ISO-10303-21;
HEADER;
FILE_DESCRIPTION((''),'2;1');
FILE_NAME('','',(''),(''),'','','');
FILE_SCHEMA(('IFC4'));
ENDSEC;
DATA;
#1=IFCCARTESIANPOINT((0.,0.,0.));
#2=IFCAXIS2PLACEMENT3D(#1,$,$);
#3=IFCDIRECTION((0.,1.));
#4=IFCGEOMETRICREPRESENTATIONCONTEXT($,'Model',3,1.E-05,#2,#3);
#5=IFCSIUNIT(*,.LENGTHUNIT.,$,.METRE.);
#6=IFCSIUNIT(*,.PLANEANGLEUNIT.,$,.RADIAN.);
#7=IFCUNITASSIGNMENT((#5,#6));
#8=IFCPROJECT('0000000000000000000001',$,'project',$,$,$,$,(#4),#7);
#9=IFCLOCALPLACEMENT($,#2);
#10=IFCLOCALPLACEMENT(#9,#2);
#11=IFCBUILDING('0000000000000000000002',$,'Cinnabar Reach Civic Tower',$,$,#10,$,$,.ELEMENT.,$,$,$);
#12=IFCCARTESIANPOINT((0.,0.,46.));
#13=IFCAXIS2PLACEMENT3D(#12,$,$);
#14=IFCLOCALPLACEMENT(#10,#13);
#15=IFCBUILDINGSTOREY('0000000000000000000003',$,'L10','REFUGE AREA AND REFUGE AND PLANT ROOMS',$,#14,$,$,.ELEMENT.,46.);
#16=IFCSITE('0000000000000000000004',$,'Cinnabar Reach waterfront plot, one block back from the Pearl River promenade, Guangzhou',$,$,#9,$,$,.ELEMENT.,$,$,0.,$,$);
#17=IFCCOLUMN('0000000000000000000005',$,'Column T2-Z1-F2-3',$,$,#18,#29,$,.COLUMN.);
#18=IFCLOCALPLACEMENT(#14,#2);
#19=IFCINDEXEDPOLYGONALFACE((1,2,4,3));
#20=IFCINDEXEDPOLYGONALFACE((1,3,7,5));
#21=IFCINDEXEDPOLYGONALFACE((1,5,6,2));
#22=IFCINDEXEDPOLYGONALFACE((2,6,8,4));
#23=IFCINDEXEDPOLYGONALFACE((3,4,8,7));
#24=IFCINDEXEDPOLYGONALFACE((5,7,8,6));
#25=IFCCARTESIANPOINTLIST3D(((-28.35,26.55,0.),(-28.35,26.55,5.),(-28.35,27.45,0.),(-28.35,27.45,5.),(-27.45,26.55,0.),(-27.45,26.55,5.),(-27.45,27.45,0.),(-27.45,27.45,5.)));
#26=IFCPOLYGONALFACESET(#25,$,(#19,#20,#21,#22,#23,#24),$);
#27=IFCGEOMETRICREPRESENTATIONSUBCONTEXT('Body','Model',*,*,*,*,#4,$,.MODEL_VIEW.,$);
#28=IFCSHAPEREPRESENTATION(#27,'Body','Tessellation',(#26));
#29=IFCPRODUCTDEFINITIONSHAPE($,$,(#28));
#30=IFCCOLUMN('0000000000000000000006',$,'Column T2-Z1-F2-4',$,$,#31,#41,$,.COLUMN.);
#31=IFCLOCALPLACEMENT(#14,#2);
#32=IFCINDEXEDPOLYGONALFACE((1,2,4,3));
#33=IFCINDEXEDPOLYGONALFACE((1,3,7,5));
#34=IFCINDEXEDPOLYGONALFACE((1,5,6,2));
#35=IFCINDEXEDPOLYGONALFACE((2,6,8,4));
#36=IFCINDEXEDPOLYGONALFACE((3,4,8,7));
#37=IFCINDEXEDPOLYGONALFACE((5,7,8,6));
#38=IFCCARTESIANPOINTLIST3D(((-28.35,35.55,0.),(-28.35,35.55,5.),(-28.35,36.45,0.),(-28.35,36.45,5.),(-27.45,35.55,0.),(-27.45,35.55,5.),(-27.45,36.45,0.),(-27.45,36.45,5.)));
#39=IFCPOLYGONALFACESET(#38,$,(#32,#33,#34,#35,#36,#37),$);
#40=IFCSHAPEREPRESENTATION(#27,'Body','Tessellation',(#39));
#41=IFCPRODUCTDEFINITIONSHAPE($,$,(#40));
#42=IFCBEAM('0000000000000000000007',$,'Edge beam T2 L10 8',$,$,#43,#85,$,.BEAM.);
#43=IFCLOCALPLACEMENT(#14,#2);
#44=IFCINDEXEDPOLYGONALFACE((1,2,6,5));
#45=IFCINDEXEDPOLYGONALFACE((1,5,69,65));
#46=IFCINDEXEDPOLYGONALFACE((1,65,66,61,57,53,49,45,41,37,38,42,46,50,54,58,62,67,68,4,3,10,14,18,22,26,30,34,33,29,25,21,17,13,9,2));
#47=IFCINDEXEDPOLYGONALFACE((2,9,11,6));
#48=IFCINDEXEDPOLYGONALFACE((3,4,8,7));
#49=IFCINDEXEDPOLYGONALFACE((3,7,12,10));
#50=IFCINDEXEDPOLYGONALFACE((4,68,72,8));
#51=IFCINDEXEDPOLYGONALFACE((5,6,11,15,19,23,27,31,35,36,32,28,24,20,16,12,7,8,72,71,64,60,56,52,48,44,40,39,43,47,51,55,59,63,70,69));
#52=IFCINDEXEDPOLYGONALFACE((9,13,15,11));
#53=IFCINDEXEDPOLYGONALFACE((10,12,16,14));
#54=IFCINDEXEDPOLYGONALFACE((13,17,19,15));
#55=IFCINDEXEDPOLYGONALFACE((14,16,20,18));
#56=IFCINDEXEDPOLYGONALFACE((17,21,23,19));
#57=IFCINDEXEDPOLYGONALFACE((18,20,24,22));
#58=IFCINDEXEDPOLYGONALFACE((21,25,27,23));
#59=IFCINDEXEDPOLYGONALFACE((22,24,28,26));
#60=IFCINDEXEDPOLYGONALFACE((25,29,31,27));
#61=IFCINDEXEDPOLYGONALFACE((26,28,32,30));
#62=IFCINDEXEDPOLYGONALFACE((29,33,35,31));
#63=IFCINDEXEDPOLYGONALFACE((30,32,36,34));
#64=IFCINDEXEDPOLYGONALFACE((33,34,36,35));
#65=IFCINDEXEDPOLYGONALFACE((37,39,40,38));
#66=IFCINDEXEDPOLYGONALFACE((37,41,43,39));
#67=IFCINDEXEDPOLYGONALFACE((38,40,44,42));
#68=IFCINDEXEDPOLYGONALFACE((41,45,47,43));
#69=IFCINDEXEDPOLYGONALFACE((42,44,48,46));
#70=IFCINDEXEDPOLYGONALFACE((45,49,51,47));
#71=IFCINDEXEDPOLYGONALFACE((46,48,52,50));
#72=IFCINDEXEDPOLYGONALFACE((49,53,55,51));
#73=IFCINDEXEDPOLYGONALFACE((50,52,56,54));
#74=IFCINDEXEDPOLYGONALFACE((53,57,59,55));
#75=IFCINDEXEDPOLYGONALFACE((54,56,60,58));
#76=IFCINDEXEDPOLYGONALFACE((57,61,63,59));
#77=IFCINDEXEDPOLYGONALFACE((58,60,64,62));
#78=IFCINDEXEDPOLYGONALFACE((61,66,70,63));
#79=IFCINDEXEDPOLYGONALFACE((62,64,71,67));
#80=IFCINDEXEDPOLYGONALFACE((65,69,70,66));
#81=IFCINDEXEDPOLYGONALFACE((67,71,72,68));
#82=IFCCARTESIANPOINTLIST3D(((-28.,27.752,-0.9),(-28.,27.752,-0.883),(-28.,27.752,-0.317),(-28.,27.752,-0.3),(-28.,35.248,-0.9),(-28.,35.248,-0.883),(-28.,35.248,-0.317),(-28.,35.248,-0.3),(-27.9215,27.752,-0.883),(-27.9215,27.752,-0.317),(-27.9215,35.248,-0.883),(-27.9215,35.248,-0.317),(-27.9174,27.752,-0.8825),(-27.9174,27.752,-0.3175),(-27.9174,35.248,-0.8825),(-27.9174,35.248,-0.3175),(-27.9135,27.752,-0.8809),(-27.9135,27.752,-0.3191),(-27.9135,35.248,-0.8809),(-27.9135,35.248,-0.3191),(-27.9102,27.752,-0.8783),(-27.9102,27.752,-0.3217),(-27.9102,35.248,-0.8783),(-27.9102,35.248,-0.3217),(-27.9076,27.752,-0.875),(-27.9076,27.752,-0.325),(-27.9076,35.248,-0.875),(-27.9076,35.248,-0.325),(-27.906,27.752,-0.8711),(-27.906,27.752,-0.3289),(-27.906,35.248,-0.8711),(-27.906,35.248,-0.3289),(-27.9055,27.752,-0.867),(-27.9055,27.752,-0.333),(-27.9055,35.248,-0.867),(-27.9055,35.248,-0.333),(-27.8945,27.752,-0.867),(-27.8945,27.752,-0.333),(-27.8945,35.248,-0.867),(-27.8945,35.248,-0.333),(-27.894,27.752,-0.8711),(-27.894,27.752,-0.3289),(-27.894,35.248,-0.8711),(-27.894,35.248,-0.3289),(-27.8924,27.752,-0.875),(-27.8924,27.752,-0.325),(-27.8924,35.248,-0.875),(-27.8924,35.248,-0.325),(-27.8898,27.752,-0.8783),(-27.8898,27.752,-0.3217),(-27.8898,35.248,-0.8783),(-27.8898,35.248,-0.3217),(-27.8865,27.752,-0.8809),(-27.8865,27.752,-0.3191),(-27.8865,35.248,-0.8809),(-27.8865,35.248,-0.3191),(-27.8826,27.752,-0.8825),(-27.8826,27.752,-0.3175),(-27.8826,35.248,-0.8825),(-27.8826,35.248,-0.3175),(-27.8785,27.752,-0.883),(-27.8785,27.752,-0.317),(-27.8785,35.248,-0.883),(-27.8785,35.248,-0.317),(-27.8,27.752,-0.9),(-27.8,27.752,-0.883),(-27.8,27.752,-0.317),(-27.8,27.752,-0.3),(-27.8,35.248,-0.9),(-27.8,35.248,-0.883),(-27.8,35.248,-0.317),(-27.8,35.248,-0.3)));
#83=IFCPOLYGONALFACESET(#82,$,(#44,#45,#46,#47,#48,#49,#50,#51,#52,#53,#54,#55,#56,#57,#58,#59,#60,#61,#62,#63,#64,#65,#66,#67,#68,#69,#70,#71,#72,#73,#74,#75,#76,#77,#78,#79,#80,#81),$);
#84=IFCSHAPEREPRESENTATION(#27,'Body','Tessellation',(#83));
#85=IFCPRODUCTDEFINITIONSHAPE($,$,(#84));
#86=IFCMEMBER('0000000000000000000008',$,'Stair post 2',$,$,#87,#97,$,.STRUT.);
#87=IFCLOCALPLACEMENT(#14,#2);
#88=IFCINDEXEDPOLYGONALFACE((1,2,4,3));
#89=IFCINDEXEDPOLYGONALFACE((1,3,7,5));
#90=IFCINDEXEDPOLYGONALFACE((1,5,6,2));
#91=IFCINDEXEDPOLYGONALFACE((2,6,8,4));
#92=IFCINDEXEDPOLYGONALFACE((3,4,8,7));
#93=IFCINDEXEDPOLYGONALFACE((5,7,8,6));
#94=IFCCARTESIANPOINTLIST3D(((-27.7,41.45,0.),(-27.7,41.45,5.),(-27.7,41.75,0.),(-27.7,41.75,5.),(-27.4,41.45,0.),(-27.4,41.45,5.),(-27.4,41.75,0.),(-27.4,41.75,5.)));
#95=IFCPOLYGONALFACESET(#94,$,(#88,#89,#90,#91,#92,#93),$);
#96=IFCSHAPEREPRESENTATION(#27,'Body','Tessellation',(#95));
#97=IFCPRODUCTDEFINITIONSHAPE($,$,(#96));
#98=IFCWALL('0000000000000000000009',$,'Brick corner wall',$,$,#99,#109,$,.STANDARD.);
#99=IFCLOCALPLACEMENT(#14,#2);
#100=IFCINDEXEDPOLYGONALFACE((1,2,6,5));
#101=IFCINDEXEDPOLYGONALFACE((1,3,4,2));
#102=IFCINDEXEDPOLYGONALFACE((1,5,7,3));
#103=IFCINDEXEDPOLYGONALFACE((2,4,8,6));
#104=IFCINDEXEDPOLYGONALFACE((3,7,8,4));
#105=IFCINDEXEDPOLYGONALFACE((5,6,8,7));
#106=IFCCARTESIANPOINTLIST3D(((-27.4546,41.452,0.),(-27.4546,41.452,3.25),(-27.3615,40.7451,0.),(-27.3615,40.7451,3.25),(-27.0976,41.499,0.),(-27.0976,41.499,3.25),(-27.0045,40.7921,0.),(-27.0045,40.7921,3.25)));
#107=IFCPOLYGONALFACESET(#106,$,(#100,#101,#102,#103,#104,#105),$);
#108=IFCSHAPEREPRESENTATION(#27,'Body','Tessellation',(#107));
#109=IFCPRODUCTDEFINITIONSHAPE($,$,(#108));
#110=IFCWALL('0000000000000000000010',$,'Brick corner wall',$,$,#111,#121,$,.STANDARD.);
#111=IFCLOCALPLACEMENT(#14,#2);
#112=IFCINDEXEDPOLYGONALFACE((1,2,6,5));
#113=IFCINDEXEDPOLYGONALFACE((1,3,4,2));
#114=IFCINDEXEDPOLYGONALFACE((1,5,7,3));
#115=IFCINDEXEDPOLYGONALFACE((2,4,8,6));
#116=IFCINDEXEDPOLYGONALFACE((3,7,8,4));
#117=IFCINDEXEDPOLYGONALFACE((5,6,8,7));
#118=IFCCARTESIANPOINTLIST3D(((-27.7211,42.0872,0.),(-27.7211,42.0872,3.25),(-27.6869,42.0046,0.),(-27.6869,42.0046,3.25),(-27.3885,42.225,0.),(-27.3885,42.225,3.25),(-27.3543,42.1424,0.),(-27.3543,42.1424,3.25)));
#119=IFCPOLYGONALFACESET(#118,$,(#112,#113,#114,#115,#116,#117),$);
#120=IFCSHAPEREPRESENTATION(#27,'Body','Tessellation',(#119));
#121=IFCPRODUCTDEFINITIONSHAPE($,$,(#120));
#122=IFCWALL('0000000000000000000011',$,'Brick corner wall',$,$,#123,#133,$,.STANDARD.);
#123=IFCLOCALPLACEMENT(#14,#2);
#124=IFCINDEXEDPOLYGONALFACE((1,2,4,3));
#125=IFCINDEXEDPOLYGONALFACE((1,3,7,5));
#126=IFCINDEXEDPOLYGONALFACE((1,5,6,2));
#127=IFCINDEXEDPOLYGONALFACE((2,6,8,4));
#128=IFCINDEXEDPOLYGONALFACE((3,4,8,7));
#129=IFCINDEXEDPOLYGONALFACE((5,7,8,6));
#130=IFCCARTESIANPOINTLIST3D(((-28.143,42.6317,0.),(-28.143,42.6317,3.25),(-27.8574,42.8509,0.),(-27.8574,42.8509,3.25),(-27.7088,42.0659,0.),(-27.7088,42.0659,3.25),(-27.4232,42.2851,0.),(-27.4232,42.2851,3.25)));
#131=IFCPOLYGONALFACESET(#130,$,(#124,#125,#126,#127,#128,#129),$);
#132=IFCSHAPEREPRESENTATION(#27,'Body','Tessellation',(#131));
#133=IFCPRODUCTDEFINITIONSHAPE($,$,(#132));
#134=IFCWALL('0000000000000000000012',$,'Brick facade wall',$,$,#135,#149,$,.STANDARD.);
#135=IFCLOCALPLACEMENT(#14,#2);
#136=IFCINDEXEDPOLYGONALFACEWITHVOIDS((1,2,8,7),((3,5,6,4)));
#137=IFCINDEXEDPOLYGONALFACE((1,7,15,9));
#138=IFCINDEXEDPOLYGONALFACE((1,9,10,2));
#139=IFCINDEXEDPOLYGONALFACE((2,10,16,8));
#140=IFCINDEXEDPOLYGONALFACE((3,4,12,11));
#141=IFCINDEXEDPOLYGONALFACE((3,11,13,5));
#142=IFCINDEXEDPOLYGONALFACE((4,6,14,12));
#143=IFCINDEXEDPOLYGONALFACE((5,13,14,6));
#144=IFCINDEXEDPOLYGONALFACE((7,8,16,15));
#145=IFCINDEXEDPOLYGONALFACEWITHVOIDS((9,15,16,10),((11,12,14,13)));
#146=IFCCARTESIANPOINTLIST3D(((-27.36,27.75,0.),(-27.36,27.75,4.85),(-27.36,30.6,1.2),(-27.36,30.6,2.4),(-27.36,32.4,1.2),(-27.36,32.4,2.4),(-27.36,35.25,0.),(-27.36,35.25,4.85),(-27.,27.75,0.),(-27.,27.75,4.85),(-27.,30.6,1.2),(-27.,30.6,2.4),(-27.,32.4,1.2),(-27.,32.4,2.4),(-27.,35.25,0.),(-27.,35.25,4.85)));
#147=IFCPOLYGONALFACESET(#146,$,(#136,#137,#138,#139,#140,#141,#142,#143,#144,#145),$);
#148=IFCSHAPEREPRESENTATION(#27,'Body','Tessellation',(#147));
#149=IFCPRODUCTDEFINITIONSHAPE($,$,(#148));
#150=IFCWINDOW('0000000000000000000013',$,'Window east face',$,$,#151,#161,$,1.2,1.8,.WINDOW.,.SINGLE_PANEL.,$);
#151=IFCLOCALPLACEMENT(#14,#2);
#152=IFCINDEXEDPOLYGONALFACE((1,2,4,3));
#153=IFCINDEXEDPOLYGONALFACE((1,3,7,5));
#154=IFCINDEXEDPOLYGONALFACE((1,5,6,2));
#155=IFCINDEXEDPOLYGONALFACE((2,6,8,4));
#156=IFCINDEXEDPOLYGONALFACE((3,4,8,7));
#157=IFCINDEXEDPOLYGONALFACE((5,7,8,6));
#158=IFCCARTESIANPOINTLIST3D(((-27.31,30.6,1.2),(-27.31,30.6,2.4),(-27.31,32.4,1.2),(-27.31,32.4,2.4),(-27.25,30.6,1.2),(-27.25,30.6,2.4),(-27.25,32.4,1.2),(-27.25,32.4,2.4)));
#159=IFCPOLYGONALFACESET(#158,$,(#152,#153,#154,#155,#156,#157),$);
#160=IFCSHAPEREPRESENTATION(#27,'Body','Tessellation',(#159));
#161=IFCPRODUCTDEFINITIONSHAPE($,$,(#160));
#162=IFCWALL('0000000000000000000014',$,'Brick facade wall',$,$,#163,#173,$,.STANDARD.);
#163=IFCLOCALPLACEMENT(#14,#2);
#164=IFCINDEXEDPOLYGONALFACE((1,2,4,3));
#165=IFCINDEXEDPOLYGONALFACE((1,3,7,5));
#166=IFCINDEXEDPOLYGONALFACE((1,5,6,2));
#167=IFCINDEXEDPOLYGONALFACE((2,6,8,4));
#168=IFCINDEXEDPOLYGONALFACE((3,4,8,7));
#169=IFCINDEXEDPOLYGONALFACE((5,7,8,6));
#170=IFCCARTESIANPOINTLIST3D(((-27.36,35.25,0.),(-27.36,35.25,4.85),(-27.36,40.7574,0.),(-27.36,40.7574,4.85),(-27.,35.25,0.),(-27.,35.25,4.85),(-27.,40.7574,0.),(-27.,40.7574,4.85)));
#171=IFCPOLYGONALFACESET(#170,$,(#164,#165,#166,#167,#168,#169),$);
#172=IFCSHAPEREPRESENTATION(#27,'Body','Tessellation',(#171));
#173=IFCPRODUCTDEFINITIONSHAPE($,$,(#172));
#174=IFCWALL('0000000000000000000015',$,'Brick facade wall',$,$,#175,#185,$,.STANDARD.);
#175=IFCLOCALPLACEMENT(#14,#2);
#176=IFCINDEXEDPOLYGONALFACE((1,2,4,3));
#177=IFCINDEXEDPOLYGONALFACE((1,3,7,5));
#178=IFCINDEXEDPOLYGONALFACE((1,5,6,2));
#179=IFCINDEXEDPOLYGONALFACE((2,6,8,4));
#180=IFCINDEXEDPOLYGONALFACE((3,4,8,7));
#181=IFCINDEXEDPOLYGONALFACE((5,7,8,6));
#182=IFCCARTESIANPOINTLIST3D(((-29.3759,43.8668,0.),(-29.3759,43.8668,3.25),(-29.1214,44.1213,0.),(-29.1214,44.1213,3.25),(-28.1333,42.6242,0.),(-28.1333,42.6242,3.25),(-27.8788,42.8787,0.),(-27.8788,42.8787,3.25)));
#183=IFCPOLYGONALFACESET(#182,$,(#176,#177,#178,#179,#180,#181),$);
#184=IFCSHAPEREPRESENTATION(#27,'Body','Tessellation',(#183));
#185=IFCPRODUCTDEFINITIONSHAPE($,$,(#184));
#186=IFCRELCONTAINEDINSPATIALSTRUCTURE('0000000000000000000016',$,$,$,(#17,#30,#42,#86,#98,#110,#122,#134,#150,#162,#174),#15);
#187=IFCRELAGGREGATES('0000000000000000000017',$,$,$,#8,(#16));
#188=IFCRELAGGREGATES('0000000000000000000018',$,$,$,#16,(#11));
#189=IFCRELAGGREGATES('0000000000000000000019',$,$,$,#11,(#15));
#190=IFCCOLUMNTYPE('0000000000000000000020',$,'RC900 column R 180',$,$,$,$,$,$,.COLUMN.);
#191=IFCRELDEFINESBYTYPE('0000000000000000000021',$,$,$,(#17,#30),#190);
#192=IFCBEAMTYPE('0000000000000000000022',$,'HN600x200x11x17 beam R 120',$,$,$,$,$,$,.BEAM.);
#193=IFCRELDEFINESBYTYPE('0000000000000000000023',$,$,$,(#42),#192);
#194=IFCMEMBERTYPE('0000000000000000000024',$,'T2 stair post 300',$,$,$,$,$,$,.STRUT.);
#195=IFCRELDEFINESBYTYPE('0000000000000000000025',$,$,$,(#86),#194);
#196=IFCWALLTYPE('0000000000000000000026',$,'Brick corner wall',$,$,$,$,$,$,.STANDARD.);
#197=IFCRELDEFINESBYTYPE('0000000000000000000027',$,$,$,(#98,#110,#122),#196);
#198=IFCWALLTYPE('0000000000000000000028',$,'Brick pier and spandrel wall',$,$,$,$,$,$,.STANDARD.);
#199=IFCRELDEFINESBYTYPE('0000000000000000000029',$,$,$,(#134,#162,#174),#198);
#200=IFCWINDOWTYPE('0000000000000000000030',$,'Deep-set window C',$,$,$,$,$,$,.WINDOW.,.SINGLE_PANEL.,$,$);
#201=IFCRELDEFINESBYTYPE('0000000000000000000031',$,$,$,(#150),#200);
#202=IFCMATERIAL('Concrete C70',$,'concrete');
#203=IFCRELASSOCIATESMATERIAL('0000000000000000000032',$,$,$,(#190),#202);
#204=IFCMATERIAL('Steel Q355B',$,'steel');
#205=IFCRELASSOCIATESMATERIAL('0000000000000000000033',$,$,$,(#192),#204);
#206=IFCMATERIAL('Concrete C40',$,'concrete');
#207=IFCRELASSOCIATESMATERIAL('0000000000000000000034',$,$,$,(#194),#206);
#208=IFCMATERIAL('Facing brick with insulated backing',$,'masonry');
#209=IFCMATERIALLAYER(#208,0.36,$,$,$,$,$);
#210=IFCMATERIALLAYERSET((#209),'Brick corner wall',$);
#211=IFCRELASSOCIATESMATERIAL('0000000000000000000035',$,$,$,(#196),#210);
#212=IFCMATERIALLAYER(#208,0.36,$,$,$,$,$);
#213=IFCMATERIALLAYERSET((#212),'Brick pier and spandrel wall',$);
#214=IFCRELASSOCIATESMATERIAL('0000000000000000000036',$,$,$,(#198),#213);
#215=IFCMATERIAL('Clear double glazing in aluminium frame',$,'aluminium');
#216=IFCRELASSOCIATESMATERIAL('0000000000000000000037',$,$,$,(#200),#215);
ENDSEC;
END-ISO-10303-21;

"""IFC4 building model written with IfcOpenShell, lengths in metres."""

from ifc_helpers import new_model, si_unit, direction, frame, frame_2d, origin, origin_2d, place, context, subcontext, project, spatial, rectangle, i_section, extrude, material, layer, layer_set, material_profile, profile_set, type_object, element, fill, save


model = new_model("IFC4")

# Units and contexts
model_context = context("Model", 3, precision=1e-05, world=origin(), true_north=direction((0.0, 1.0)))
body_context = subcontext(model_context, "Body", "Model", "MODEL_VIEW")
ifc_project = project(units=[si_unit("LENGTHUNIT", "METRE"), si_unit("PLANEANGLEUNIT", "RADIAN")], contexts=[model_context])

# Site, building, storey
site_placement = place(None, origin())
site = spatial("IfcSite", under=ifc_project, at=site_placement, Name="Cinnabar Reach waterfront plot, one block back from the Pearl River promenade, Guangzhou", CompositionType="ELEMENT", RefElevation=0.0)
building_placement = place(site_placement, origin())
building = spatial("IfcBuilding", under=site, at=building_placement, Name="Cinnabar Reach Civic Tower", CompositionType="ELEMENT")
storey_placement = place(building_placement, frame((0.0, 0.0, 46.0)))
storey = spatial("IfcBuildingStorey", under=building, at=storey_placement, Name="L10", Description="REFUGE AREA AND REFUGE AND PLANT ROOMS", CompositionType="ELEMENT", Elevation=46.0)

# Columns
ifc_material_1 = material(Name="Concrete C70", Category="concrete")
ifc_material_profile_1 = material_profile(ifc_material_1, rectangle(XDim=0.9, YDim=0.9, at=origin_2d()), Name="RC900")
ifc_profile_set_1 = profile_set([ifc_material_profile_1], Name="Concrete C70")
column_type = type_object("IfcColumnType", Name="RC900 column R 180", PredefinedType="COLUMN", material=ifc_profile_set_1)
for number, where, z_axis, x_axis, name in (
    (1, (-27.9, 27.0, 0.0), (0.0, 0.0, 1.0), (1.0, 0.0, 0.0), "Column T2-Z1-F2-3"),
    (2, (-27.9, 36.0, 0.0), (0.0, 0.0, 1.0), (1.0, 0.0, 0.0), "Column T2-Z1-F2-4"),
):
    element("IfcColumn", number, at=place(storey_placement, frame(where, z_axis=z_axis, x_axis=x_axis)), inside=storey, type_object=column_type, Name=name, PredefinedType="COLUMN", context=body_context, shape_type="SweptSolid", body=[
        extrude(rectangle(XDim=0.9, YDim=0.9, at=origin_2d()), origin(), (0.0, 0.0, 1.0), 5.0),
    ])

# Beam
ifc_material_2 = material(Name="Steel Q355B", Category="steel")
ifc_material_profile_2 = material_profile(ifc_material_2, i_section(OverallWidth=0.2, OverallDepth=0.6, WebThickness=0.011, FlangeThickness=0.017, FilletRadius=0.016, at=origin_2d()), Name="HN600x200x11x17")
ifc_profile_set_2 = profile_set([ifc_material_profile_2], Name="Steel Q355B")
beam_type = type_object("IfcBeamType", Name="HN600x200x11x17 beam R 120", PredefinedType="BEAM", material=ifc_profile_set_2)
beam_placement = place(storey_placement, frame((-27.9, 27.752, -0.6), z_axis=(0.0, 1.0, 0.0), x_axis=(-1.0, 0.0, 0.0)))
element("IfcBeam", 3, at=beam_placement, inside=storey, type_object=beam_type, Name="Edge beam T2 L10 8", PredefinedType="BEAM", context=body_context, shape_type="SweptSolid", body=[
    extrude(i_section(OverallWidth=0.2, OverallDepth=0.6, WebThickness=0.011, FlangeThickness=0.017, FilletRadius=0.016, at=origin_2d()), origin(), (0.0, 0.0, 1.0), 7.496),
])

# Member
ifc_material_3 = material(Name="Concrete C40", Category="concrete")
ifc_material_profile_3 = material_profile(ifc_material_3, rectangle(XDim=0.3, YDim=0.3, at=origin_2d()), Name="C300")
ifc_profile_set_3 = profile_set([ifc_material_profile_3], Name="Concrete C40")
member_type = type_object("IfcMemberType", Name="T2 stair post 300", PredefinedType="STRUT", material=ifc_profile_set_3)
member_placement = place(storey_placement, frame((-27.55, 41.6, 0.0), z_axis=(0.0, 0.0, 1.0), x_axis=(1.0, 0.0, 0.0)))
element("IfcMember", 4, at=member_placement, inside=storey, type_object=member_type, Name="Stair post 2", PredefinedType="STRUT", context=body_context, shape_type="SweptSolid", body=[
    extrude(rectangle(XDim=0.3, YDim=0.3, at=origin_2d()), origin(), (0.0, 0.0, 1.0), 5.0),
])

# Walls
ifc_material_4 = material(Name="Facing brick with insulated backing", Category="masonry")
ifc_layer_1 = layer(ifc_material_4, 0.36)
ifc_layer_set_1 = layer_set([ifc_layer_1], Name="Brick corner wall")
wall_type_1 = type_object("IfcWallType", Name="Brick corner wall", PredefinedType="STANDARD", material=ifc_layer_set_1)
wall_1_placement = place(storey_placement, frame((-27.183, 40.7686, 0.0), z_axis=(0.0, 0.0, 1.0), x_axis=(-0.130556, 0.991441, 0.0)))
element("IfcWall", 5, at=wall_1_placement, inside=storey, type_object=wall_type_1, Name="Brick corner wall", PredefinedType="STANDARD", context=body_context, shape_type="SweptSolid", body=[
    extrude(rectangle(XDim=0.7131, YDim=0.36, at=frame_2d((0.3565, 0.0))), origin(), (0.0, 0.0, 1.0), 3.25),
])
wall_2_placement = place(storey_placement, frame((-27.5206, 42.0735, 0.0), z_axis=(0.0, 0.0, 1.0), x_axis=(-0.382549, 0.923935, 0.0)))
element("IfcWall", 6, at=wall_2_placement, inside=storey, type_object=wall_type_1, Name="Brick corner wall", PredefinedType="STANDARD", context=body_context, shape_type="SweptSolid", body=[
    extrude(rectangle(XDim=0.0894, YDim=0.36, at=frame_2d((0.0447, 0.0))), origin(), (0.0, 0.0, 1.0), 3.25),
])
wall_3_placement = place(storey_placement, frame((-27.566, 42.1755, 0.0), z_axis=(0.0, 0.0, 1.0), x_axis=(-0.608802, 0.793322, 0.0)))
element("IfcWall", 7, at=wall_3_placement, inside=storey, type_object=wall_type_1, Name="Brick corner wall", PredefinedType="STANDARD", context=body_context, shape_type="SweptSolid", body=[
    extrude(rectangle(XDim=0.7132, YDim=0.36, at=frame_2d((0.3566, 0.0))), origin(), (0.0, 0.0, 1.0), 3.25),
])

# Wall, opening, window
ifc_layer_2 = layer(ifc_material_4, 0.36)
ifc_layer_set_2 = layer_set([ifc_layer_2], Name="Brick pier and spandrel wall")
wall_type_2 = type_object("IfcWallType", Name="Brick pier and spandrel wall", PredefinedType="STANDARD", material=ifc_layer_set_2)
wall_4_placement = place(storey_placement, frame((-27.18, 27.75, 0.0), z_axis=(0.0, 0.0, 1.0), x_axis=(0.0, 1.0, 0.0)))
wall_4 = element("IfcWall", 8, at=wall_4_placement, inside=storey, type_object=wall_type_2, Name="Brick facade wall", PredefinedType="STANDARD", context=body_context, shape_type="SweptSolid", body=[
    extrude(rectangle(XDim=7.5, YDim=0.36, at=frame_2d((3.75, 0.0))), origin(), (0.0, 0.0, 1.0), 4.85),
])
opening_1_placement = place(wall_4_placement, frame((2.85, 0.0, 1.2)))
opening_1 = element("IfcOpeningElement", 9, at=opening_1_placement, cuts=wall_4, PredefinedType="OPENING", context=body_context, shape_type="SweptSolid", body=[
    extrude(rectangle(XDim=1.8, YDim=1.2, at=frame_2d((0.9, 0.6))), frame((0.0, 0.19, 0.0), z_axis=(0.0, -1.0, 0.0), x_axis=(1.0, 0.0, 0.0)), (0.0, 0.0, 1.0), 0.38),
])
ifc_material_5 = material(Name="Clear double glazing in aluminium frame", Category="aluminium")
window_type = type_object("IfcWindowType", Name="Deep-set window C", PartitioningType="SINGLE_PANEL", PredefinedType="WINDOW", material=ifc_material_5)
window_placement = place(opening_1_placement, origin())
window = element("IfcWindow", 10, at=window_placement, inside=storey, type_object=window_type, Name="Window east face", OverallHeight=1.2, OverallWidth=1.8, PartitioningType="SINGLE_PANEL", PredefinedType="WINDOW", context=body_context, shape_type="SweptSolid", body=[
    extrude(rectangle(XDim=1.8, YDim=1.2, at=frame_2d((0.9, 0.6))), frame((0.0, 0.13, 0.0), z_axis=(0.0, -1.0, 0.0), x_axis=(1.0, 0.0, 0.0)), (0.0, 0.0, 1.0), 0.06),
])
fill(opening_1, window)

# Walls
wall_5_placement = place(storey_placement, frame((-27.18, 35.25, 0.0), z_axis=(0.0, 0.0, 1.0), x_axis=(0.0, 1.0, 0.0)))
element("IfcWall", 11, at=wall_5_placement, inside=storey, type_object=wall_type_2, Name="Brick facade wall", PredefinedType="STANDARD", context=body_context, shape_type="SweptSolid", body=[
    extrude(rectangle(XDim=5.5074, YDim=0.36, at=frame_2d((2.7537, 0.0))), origin(), (0.0, 0.0, 1.0), 4.85),
])
wall_6_placement = place(storey_placement, frame((-28.006, 42.7514, 0.0), z_axis=(0.0, 0.0, 1.0), x_axis=(-0.707107, 0.707107, 0.0)))
element("IfcWall", 12, at=wall_6_placement, inside=storey, type_object=wall_type_2, Name="Brick facade wall", PredefinedType="STANDARD", context=body_context, shape_type="SweptSolid", body=[
    extrude(rectangle(XDim=1.7573, YDim=0.36, at=frame_2d((0.8787, 0.0))), origin(), (0.0, 0.0, 1.0), 3.25),
])

save(model, "model.ifc")
